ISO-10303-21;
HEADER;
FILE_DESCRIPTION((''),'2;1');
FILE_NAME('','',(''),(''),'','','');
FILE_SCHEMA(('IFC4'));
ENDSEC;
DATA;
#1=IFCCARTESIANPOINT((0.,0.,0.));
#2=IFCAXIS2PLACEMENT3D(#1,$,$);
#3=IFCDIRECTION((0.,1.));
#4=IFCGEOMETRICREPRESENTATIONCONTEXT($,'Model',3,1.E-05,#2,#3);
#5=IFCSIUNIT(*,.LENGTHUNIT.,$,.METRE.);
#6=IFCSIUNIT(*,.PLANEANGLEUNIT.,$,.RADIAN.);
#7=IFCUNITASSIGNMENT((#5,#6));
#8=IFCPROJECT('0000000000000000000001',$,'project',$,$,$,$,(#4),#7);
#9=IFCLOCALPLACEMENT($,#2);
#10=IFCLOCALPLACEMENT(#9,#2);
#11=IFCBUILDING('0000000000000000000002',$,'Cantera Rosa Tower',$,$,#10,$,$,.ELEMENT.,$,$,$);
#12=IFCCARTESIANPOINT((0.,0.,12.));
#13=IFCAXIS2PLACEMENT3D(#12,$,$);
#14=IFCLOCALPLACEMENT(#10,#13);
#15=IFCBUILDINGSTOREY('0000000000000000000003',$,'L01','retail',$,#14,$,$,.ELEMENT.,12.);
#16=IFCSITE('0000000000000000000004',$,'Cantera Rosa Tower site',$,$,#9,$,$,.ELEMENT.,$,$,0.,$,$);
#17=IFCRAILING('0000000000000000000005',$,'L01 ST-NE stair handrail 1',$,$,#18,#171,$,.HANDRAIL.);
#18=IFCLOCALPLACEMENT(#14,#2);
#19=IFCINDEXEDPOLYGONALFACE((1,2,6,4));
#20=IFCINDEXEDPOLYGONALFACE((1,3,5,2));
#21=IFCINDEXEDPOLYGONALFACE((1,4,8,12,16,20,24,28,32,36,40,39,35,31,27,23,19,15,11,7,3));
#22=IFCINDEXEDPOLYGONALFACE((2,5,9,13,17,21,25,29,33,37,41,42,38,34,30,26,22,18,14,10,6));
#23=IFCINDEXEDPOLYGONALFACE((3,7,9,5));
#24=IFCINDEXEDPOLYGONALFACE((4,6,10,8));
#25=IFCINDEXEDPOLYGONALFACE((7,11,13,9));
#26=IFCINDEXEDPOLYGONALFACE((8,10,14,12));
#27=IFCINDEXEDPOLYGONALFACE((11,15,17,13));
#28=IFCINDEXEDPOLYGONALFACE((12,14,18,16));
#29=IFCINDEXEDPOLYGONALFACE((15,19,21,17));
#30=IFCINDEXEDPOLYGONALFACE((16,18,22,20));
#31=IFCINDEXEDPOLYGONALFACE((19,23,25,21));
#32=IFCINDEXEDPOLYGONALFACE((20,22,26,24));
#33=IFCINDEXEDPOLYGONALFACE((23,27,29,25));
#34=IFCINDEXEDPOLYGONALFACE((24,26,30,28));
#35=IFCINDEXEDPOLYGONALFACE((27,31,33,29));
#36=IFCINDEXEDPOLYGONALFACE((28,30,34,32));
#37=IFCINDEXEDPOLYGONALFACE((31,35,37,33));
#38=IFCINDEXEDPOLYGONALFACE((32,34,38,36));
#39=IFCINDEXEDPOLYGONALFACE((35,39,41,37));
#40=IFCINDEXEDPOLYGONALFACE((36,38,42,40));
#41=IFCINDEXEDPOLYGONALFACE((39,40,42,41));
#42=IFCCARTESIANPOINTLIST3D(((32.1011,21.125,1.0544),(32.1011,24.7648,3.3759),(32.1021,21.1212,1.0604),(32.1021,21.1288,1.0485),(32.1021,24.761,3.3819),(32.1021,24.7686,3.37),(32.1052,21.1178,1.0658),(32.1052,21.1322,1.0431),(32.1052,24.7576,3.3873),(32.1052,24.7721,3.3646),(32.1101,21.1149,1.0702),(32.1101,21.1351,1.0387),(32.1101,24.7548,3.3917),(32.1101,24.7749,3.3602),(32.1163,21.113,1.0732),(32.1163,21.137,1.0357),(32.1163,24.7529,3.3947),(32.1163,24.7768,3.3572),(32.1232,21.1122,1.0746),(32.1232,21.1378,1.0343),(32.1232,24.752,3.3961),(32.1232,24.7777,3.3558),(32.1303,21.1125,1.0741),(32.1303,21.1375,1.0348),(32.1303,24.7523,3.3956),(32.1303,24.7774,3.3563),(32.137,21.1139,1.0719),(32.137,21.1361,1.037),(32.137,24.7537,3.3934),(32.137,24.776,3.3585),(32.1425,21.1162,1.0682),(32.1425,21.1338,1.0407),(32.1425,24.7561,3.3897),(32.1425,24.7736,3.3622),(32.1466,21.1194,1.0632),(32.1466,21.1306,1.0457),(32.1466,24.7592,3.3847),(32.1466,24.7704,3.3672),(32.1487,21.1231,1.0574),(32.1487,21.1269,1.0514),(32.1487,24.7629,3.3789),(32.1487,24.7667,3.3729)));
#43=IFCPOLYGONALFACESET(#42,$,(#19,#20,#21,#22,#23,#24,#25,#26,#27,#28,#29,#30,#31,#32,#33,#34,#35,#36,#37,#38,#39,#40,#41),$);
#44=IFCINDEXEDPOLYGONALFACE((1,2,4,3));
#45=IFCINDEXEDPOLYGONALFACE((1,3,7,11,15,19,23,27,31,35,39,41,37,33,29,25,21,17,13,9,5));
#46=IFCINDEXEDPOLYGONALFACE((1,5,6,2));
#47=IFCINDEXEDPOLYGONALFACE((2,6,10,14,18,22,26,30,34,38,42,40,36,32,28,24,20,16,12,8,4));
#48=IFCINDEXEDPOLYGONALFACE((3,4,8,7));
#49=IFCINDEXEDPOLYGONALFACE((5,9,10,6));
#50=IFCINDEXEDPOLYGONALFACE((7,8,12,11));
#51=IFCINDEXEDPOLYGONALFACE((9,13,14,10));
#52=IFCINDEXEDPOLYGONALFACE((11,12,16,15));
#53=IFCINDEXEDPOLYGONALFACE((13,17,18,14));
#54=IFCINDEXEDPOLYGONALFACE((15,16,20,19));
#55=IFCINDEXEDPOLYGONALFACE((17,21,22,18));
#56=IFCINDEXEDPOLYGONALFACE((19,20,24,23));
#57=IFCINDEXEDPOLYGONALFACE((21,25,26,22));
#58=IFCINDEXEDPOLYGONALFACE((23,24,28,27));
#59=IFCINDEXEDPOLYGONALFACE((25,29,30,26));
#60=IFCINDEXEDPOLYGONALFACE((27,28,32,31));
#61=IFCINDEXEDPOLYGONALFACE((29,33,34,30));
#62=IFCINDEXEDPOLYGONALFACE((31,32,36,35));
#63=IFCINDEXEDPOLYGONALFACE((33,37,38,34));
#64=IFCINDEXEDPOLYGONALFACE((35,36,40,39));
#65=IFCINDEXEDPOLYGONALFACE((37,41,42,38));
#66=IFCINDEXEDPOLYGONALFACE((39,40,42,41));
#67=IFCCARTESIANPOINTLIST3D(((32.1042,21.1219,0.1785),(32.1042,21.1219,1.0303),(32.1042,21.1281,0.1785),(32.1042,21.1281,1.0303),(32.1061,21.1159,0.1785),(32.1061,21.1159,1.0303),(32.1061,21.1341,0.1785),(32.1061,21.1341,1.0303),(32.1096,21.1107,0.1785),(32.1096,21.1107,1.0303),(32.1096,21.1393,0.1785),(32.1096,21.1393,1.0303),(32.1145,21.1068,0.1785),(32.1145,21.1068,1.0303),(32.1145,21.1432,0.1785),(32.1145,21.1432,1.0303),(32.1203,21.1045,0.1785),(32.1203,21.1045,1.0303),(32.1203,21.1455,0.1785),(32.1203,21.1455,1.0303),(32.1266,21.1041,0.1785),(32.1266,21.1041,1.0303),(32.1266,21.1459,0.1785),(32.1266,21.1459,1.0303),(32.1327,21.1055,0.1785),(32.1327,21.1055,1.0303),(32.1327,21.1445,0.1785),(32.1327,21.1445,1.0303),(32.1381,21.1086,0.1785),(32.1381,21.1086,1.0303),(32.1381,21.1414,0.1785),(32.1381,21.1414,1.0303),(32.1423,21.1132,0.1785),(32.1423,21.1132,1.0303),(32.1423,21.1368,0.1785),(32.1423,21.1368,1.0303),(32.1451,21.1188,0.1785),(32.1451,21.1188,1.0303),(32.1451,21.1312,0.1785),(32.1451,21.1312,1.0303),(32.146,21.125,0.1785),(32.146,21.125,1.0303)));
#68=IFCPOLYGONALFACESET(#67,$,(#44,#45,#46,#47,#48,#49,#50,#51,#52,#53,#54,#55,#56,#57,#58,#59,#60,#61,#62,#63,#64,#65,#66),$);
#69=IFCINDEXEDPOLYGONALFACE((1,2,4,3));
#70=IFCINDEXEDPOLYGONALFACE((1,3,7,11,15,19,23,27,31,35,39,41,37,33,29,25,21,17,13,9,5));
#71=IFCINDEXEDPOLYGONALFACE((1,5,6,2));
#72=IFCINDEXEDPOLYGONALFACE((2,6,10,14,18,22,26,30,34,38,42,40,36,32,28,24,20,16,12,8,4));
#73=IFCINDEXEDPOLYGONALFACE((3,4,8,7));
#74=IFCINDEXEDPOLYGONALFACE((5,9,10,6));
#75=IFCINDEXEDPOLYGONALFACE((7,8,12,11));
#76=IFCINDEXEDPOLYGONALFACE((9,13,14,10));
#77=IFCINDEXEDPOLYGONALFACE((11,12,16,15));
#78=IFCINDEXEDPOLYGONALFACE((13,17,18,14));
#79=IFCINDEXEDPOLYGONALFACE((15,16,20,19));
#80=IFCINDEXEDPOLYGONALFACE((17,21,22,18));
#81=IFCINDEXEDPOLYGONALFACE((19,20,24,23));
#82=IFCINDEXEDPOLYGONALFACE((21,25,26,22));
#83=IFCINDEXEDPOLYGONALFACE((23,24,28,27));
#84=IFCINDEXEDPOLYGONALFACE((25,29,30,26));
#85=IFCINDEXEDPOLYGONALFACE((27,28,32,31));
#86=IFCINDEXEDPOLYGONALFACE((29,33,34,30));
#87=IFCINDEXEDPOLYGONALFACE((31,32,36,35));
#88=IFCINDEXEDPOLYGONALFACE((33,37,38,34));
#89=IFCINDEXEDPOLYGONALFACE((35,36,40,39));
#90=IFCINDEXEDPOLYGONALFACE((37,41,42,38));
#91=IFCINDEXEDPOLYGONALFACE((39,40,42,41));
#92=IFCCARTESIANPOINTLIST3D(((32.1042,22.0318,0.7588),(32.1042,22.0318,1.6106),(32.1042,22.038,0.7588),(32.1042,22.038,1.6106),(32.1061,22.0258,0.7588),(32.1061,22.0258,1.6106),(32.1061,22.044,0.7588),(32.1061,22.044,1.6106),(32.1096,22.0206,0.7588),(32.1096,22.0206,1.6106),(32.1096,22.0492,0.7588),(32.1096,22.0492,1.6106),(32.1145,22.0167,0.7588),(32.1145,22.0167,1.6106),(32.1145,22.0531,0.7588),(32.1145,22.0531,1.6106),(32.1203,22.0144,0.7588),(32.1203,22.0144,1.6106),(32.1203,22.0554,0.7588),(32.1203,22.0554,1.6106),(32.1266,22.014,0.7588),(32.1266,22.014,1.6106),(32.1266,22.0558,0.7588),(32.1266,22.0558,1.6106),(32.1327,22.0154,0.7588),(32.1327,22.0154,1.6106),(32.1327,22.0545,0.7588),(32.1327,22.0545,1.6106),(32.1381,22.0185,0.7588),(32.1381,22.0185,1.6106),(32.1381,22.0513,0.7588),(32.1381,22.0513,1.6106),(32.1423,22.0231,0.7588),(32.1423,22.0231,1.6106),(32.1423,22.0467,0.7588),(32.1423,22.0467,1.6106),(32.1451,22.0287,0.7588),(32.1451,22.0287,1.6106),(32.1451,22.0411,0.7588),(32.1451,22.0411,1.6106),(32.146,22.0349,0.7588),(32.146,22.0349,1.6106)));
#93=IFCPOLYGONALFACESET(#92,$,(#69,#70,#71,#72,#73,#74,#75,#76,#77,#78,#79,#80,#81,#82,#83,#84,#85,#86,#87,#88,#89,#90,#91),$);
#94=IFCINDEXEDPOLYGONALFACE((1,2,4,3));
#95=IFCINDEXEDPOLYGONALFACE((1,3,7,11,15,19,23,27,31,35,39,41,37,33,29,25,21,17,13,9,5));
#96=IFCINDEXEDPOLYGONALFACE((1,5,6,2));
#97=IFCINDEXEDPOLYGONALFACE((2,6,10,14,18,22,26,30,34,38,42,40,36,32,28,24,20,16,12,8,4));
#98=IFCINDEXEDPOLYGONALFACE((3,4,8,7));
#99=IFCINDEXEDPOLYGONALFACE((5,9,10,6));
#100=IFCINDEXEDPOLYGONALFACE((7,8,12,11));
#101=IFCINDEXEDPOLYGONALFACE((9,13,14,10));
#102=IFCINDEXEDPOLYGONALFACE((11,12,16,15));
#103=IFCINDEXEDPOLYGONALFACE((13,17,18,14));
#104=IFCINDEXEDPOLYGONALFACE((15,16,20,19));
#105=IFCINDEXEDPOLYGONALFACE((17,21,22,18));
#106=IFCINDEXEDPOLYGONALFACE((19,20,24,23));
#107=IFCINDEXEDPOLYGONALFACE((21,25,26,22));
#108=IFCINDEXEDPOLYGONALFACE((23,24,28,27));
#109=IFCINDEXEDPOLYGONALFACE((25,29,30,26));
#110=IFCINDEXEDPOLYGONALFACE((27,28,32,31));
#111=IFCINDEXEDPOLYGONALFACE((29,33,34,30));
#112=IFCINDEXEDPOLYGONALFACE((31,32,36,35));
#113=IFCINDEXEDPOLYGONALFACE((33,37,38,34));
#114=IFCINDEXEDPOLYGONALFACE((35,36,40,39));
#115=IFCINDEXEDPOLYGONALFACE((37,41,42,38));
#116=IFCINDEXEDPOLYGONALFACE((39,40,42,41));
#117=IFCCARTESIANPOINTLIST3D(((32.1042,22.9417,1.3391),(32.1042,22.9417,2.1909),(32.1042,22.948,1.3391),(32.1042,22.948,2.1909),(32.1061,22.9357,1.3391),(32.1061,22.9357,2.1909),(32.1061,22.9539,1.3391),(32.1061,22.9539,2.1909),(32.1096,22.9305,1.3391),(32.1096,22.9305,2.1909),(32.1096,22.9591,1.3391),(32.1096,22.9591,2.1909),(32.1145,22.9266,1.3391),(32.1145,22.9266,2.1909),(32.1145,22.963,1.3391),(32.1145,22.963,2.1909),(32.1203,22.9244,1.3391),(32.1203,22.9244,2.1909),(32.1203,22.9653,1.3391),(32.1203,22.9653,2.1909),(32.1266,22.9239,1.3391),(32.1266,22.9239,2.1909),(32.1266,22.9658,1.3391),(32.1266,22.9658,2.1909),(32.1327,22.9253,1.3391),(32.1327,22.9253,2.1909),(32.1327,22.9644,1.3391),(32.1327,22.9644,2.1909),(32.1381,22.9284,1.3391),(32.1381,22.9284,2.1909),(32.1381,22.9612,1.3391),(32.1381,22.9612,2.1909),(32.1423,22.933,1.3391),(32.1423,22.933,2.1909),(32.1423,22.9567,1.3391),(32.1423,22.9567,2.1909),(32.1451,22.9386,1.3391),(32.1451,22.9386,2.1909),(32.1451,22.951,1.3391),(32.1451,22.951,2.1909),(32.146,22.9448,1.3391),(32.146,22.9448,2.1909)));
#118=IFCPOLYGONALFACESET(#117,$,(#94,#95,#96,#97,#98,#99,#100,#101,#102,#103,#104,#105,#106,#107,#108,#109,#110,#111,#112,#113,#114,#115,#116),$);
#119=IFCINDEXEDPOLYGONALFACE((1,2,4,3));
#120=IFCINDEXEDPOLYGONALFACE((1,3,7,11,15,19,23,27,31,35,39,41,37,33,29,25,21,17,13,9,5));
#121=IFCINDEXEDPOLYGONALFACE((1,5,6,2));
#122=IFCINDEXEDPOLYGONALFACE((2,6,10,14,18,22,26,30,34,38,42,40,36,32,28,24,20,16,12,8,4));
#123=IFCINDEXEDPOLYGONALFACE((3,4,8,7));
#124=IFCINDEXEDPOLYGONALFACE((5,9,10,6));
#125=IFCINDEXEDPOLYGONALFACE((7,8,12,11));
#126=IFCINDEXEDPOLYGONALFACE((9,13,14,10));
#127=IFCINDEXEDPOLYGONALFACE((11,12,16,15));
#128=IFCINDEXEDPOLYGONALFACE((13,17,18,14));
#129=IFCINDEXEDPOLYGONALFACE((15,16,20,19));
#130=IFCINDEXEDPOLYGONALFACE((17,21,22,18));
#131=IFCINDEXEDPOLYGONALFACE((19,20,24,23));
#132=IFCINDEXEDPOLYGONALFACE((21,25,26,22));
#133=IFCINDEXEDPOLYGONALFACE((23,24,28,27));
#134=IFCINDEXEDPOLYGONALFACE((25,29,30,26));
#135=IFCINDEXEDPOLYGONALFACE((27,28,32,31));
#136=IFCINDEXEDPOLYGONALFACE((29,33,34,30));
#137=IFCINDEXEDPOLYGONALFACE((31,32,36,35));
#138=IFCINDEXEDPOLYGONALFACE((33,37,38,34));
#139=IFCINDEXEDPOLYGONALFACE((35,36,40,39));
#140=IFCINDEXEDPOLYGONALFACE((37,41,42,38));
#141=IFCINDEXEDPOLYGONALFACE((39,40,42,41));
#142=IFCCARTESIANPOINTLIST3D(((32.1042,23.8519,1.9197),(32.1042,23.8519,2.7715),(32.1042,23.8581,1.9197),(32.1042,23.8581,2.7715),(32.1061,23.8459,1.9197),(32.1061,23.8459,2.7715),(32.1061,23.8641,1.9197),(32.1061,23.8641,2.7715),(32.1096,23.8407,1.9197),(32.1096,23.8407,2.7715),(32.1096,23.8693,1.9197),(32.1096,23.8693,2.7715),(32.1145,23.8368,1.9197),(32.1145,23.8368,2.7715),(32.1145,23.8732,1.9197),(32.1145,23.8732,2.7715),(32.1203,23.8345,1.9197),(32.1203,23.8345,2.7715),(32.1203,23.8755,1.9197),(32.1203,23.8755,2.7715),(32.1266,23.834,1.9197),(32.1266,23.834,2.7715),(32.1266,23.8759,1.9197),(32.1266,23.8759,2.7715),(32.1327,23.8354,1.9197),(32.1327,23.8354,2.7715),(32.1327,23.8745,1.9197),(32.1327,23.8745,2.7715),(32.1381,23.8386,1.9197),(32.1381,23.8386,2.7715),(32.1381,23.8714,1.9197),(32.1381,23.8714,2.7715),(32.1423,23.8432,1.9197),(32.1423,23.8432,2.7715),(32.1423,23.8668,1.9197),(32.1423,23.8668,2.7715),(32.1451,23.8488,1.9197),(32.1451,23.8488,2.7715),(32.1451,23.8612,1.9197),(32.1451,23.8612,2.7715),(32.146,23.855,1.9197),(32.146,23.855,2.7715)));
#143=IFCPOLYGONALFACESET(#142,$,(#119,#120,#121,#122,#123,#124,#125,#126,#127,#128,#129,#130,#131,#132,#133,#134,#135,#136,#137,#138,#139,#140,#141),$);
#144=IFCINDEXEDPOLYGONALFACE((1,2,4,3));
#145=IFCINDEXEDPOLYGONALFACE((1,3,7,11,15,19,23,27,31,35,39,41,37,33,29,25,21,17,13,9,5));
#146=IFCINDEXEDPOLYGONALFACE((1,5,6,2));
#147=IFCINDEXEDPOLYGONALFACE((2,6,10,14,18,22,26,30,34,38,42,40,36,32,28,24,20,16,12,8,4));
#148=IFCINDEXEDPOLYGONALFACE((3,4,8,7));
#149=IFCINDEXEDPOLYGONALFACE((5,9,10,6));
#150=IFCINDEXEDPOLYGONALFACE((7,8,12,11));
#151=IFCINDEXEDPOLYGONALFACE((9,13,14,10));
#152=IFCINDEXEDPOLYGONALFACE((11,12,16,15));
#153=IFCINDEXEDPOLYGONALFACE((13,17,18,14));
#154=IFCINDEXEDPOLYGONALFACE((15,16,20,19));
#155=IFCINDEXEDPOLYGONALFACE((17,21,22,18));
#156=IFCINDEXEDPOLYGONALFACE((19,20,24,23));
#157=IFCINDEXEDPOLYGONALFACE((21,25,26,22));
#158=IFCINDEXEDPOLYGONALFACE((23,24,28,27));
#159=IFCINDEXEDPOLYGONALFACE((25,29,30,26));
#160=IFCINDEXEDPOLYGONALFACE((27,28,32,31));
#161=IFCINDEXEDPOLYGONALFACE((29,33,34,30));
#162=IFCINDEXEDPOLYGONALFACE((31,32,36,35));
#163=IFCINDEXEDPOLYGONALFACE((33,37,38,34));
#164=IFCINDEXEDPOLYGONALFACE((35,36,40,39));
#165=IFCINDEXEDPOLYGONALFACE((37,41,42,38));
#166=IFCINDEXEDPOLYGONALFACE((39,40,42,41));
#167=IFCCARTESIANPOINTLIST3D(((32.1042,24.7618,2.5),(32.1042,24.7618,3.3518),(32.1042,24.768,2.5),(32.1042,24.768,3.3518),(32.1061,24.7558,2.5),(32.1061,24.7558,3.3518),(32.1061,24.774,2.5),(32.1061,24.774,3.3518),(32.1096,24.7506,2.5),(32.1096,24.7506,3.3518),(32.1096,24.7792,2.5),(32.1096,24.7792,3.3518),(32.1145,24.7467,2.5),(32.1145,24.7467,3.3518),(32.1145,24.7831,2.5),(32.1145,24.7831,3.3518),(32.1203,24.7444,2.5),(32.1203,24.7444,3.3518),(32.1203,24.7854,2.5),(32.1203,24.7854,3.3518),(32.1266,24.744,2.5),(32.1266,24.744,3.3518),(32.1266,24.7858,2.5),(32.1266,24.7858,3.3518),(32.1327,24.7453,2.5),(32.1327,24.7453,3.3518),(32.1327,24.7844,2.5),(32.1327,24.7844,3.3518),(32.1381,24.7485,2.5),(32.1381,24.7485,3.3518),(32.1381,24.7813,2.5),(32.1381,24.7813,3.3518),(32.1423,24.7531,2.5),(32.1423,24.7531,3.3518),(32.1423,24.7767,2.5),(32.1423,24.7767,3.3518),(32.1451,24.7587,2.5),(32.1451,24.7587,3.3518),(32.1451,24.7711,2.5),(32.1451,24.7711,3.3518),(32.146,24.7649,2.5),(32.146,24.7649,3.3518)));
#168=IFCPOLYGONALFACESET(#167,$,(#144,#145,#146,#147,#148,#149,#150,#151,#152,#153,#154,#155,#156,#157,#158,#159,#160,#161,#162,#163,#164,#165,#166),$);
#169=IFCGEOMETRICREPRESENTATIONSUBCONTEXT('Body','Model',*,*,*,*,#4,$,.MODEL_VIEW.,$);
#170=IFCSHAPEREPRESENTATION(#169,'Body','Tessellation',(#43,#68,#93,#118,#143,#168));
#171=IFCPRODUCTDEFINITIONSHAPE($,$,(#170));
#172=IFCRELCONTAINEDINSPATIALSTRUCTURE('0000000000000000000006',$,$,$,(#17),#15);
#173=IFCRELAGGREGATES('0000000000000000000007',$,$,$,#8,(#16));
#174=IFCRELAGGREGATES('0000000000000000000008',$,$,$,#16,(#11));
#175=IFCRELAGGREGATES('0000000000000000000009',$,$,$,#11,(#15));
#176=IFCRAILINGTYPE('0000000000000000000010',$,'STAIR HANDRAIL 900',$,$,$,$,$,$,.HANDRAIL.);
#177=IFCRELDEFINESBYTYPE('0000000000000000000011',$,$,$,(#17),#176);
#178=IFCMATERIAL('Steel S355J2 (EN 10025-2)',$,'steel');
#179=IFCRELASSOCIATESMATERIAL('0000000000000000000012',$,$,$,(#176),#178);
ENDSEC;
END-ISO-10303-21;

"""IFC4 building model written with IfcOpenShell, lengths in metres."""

from ifc_helpers import new_model, si_unit, direction, frame, origin, origin_2d, place, context, subcontext, project, spatial, circle, extrude, material, type_object, element, save


model = new_model("IFC4")

# Units and contexts
model_context = context("Model", 3, precision=1e-05, world=origin(), true_north=direction((0.0, 1.0)))
body_context = subcontext(model_context, "Body", "Model", "MODEL_VIEW")
ifc_project = project(units=[si_unit("LENGTHUNIT", "METRE"), si_unit("PLANEANGLEUNIT", "RADIAN")], contexts=[model_context])

# Site, building, storey
site_placement = place(None, origin())
site = spatial("IfcSite", under=ifc_project, at=site_placement, Name="Cantera Rosa Tower site", CompositionType="ELEMENT", RefElevation=0.0)
building_placement = place(site_placement, origin())
building = spatial("IfcBuilding", under=site, at=building_placement, Name="Cantera Rosa Tower", CompositionType="ELEMENT")
storey_placement = place(building_placement, frame((0.0, 0.0, 12.0)))
storey = spatial("IfcBuildingStorey", under=building, at=storey_placement, Name="L01", Description="retail", CompositionType="ELEMENT", Elevation=12.0)

# Railing
ifc_material_1 = material(Name="Steel S355J2 (EN 10025-2)", Category="steel")
railing_type_1 = type_object("IfcRailingType", Name="STAIR HANDRAIL 900", PredefinedType="HANDRAIL", material=ifc_material_1)
railing_1_placement = place(storey_placement, frame((32.125, 21.125, 0.1785)))
element("IfcRailing", 1, at=railing_1_placement, inside=storey, type_object=railing_type_1, Name="L01 ST-NE stair handrail 1", PredefinedType="HANDRAIL", context=body_context, shape_type="SweptSolid", body=[
    extrude(circle(Radius=0.0239, at=origin_2d()), frame((0.0, 0.0, 0.876), z_axis=(0.0, 0.843112, 0.537739), x_axis=(-1.0, 0.0, 0.0)), (0.0, 0.0, 1.0), 4.3171),
    extrude(circle(Radius=0.021, at=origin_2d()), origin(), (0.0, 0.0, 1.0), 0.8518),
    extrude(circle(Radius=0.021, at=origin_2d()), frame((0.0, 0.9099, 0.5803)), (0.0, 0.0, 1.0), 0.8518),
    extrude(circle(Radius=0.021, at=origin_2d()), frame((0.0, 1.8198, 1.1606)), (0.0, 0.0, 1.0), 0.8518),
    extrude(circle(Radius=0.021, at=origin_2d()), frame((0.0, 2.73, 1.7412)), (0.0, 0.0, 1.0), 0.8518),
    extrude(circle(Radius=0.021, at=origin_2d()), frame((0.0, 3.6399, 2.3215)), (0.0, 0.0, 1.0), 0.8518),
])

save(model, "model.ifc")
